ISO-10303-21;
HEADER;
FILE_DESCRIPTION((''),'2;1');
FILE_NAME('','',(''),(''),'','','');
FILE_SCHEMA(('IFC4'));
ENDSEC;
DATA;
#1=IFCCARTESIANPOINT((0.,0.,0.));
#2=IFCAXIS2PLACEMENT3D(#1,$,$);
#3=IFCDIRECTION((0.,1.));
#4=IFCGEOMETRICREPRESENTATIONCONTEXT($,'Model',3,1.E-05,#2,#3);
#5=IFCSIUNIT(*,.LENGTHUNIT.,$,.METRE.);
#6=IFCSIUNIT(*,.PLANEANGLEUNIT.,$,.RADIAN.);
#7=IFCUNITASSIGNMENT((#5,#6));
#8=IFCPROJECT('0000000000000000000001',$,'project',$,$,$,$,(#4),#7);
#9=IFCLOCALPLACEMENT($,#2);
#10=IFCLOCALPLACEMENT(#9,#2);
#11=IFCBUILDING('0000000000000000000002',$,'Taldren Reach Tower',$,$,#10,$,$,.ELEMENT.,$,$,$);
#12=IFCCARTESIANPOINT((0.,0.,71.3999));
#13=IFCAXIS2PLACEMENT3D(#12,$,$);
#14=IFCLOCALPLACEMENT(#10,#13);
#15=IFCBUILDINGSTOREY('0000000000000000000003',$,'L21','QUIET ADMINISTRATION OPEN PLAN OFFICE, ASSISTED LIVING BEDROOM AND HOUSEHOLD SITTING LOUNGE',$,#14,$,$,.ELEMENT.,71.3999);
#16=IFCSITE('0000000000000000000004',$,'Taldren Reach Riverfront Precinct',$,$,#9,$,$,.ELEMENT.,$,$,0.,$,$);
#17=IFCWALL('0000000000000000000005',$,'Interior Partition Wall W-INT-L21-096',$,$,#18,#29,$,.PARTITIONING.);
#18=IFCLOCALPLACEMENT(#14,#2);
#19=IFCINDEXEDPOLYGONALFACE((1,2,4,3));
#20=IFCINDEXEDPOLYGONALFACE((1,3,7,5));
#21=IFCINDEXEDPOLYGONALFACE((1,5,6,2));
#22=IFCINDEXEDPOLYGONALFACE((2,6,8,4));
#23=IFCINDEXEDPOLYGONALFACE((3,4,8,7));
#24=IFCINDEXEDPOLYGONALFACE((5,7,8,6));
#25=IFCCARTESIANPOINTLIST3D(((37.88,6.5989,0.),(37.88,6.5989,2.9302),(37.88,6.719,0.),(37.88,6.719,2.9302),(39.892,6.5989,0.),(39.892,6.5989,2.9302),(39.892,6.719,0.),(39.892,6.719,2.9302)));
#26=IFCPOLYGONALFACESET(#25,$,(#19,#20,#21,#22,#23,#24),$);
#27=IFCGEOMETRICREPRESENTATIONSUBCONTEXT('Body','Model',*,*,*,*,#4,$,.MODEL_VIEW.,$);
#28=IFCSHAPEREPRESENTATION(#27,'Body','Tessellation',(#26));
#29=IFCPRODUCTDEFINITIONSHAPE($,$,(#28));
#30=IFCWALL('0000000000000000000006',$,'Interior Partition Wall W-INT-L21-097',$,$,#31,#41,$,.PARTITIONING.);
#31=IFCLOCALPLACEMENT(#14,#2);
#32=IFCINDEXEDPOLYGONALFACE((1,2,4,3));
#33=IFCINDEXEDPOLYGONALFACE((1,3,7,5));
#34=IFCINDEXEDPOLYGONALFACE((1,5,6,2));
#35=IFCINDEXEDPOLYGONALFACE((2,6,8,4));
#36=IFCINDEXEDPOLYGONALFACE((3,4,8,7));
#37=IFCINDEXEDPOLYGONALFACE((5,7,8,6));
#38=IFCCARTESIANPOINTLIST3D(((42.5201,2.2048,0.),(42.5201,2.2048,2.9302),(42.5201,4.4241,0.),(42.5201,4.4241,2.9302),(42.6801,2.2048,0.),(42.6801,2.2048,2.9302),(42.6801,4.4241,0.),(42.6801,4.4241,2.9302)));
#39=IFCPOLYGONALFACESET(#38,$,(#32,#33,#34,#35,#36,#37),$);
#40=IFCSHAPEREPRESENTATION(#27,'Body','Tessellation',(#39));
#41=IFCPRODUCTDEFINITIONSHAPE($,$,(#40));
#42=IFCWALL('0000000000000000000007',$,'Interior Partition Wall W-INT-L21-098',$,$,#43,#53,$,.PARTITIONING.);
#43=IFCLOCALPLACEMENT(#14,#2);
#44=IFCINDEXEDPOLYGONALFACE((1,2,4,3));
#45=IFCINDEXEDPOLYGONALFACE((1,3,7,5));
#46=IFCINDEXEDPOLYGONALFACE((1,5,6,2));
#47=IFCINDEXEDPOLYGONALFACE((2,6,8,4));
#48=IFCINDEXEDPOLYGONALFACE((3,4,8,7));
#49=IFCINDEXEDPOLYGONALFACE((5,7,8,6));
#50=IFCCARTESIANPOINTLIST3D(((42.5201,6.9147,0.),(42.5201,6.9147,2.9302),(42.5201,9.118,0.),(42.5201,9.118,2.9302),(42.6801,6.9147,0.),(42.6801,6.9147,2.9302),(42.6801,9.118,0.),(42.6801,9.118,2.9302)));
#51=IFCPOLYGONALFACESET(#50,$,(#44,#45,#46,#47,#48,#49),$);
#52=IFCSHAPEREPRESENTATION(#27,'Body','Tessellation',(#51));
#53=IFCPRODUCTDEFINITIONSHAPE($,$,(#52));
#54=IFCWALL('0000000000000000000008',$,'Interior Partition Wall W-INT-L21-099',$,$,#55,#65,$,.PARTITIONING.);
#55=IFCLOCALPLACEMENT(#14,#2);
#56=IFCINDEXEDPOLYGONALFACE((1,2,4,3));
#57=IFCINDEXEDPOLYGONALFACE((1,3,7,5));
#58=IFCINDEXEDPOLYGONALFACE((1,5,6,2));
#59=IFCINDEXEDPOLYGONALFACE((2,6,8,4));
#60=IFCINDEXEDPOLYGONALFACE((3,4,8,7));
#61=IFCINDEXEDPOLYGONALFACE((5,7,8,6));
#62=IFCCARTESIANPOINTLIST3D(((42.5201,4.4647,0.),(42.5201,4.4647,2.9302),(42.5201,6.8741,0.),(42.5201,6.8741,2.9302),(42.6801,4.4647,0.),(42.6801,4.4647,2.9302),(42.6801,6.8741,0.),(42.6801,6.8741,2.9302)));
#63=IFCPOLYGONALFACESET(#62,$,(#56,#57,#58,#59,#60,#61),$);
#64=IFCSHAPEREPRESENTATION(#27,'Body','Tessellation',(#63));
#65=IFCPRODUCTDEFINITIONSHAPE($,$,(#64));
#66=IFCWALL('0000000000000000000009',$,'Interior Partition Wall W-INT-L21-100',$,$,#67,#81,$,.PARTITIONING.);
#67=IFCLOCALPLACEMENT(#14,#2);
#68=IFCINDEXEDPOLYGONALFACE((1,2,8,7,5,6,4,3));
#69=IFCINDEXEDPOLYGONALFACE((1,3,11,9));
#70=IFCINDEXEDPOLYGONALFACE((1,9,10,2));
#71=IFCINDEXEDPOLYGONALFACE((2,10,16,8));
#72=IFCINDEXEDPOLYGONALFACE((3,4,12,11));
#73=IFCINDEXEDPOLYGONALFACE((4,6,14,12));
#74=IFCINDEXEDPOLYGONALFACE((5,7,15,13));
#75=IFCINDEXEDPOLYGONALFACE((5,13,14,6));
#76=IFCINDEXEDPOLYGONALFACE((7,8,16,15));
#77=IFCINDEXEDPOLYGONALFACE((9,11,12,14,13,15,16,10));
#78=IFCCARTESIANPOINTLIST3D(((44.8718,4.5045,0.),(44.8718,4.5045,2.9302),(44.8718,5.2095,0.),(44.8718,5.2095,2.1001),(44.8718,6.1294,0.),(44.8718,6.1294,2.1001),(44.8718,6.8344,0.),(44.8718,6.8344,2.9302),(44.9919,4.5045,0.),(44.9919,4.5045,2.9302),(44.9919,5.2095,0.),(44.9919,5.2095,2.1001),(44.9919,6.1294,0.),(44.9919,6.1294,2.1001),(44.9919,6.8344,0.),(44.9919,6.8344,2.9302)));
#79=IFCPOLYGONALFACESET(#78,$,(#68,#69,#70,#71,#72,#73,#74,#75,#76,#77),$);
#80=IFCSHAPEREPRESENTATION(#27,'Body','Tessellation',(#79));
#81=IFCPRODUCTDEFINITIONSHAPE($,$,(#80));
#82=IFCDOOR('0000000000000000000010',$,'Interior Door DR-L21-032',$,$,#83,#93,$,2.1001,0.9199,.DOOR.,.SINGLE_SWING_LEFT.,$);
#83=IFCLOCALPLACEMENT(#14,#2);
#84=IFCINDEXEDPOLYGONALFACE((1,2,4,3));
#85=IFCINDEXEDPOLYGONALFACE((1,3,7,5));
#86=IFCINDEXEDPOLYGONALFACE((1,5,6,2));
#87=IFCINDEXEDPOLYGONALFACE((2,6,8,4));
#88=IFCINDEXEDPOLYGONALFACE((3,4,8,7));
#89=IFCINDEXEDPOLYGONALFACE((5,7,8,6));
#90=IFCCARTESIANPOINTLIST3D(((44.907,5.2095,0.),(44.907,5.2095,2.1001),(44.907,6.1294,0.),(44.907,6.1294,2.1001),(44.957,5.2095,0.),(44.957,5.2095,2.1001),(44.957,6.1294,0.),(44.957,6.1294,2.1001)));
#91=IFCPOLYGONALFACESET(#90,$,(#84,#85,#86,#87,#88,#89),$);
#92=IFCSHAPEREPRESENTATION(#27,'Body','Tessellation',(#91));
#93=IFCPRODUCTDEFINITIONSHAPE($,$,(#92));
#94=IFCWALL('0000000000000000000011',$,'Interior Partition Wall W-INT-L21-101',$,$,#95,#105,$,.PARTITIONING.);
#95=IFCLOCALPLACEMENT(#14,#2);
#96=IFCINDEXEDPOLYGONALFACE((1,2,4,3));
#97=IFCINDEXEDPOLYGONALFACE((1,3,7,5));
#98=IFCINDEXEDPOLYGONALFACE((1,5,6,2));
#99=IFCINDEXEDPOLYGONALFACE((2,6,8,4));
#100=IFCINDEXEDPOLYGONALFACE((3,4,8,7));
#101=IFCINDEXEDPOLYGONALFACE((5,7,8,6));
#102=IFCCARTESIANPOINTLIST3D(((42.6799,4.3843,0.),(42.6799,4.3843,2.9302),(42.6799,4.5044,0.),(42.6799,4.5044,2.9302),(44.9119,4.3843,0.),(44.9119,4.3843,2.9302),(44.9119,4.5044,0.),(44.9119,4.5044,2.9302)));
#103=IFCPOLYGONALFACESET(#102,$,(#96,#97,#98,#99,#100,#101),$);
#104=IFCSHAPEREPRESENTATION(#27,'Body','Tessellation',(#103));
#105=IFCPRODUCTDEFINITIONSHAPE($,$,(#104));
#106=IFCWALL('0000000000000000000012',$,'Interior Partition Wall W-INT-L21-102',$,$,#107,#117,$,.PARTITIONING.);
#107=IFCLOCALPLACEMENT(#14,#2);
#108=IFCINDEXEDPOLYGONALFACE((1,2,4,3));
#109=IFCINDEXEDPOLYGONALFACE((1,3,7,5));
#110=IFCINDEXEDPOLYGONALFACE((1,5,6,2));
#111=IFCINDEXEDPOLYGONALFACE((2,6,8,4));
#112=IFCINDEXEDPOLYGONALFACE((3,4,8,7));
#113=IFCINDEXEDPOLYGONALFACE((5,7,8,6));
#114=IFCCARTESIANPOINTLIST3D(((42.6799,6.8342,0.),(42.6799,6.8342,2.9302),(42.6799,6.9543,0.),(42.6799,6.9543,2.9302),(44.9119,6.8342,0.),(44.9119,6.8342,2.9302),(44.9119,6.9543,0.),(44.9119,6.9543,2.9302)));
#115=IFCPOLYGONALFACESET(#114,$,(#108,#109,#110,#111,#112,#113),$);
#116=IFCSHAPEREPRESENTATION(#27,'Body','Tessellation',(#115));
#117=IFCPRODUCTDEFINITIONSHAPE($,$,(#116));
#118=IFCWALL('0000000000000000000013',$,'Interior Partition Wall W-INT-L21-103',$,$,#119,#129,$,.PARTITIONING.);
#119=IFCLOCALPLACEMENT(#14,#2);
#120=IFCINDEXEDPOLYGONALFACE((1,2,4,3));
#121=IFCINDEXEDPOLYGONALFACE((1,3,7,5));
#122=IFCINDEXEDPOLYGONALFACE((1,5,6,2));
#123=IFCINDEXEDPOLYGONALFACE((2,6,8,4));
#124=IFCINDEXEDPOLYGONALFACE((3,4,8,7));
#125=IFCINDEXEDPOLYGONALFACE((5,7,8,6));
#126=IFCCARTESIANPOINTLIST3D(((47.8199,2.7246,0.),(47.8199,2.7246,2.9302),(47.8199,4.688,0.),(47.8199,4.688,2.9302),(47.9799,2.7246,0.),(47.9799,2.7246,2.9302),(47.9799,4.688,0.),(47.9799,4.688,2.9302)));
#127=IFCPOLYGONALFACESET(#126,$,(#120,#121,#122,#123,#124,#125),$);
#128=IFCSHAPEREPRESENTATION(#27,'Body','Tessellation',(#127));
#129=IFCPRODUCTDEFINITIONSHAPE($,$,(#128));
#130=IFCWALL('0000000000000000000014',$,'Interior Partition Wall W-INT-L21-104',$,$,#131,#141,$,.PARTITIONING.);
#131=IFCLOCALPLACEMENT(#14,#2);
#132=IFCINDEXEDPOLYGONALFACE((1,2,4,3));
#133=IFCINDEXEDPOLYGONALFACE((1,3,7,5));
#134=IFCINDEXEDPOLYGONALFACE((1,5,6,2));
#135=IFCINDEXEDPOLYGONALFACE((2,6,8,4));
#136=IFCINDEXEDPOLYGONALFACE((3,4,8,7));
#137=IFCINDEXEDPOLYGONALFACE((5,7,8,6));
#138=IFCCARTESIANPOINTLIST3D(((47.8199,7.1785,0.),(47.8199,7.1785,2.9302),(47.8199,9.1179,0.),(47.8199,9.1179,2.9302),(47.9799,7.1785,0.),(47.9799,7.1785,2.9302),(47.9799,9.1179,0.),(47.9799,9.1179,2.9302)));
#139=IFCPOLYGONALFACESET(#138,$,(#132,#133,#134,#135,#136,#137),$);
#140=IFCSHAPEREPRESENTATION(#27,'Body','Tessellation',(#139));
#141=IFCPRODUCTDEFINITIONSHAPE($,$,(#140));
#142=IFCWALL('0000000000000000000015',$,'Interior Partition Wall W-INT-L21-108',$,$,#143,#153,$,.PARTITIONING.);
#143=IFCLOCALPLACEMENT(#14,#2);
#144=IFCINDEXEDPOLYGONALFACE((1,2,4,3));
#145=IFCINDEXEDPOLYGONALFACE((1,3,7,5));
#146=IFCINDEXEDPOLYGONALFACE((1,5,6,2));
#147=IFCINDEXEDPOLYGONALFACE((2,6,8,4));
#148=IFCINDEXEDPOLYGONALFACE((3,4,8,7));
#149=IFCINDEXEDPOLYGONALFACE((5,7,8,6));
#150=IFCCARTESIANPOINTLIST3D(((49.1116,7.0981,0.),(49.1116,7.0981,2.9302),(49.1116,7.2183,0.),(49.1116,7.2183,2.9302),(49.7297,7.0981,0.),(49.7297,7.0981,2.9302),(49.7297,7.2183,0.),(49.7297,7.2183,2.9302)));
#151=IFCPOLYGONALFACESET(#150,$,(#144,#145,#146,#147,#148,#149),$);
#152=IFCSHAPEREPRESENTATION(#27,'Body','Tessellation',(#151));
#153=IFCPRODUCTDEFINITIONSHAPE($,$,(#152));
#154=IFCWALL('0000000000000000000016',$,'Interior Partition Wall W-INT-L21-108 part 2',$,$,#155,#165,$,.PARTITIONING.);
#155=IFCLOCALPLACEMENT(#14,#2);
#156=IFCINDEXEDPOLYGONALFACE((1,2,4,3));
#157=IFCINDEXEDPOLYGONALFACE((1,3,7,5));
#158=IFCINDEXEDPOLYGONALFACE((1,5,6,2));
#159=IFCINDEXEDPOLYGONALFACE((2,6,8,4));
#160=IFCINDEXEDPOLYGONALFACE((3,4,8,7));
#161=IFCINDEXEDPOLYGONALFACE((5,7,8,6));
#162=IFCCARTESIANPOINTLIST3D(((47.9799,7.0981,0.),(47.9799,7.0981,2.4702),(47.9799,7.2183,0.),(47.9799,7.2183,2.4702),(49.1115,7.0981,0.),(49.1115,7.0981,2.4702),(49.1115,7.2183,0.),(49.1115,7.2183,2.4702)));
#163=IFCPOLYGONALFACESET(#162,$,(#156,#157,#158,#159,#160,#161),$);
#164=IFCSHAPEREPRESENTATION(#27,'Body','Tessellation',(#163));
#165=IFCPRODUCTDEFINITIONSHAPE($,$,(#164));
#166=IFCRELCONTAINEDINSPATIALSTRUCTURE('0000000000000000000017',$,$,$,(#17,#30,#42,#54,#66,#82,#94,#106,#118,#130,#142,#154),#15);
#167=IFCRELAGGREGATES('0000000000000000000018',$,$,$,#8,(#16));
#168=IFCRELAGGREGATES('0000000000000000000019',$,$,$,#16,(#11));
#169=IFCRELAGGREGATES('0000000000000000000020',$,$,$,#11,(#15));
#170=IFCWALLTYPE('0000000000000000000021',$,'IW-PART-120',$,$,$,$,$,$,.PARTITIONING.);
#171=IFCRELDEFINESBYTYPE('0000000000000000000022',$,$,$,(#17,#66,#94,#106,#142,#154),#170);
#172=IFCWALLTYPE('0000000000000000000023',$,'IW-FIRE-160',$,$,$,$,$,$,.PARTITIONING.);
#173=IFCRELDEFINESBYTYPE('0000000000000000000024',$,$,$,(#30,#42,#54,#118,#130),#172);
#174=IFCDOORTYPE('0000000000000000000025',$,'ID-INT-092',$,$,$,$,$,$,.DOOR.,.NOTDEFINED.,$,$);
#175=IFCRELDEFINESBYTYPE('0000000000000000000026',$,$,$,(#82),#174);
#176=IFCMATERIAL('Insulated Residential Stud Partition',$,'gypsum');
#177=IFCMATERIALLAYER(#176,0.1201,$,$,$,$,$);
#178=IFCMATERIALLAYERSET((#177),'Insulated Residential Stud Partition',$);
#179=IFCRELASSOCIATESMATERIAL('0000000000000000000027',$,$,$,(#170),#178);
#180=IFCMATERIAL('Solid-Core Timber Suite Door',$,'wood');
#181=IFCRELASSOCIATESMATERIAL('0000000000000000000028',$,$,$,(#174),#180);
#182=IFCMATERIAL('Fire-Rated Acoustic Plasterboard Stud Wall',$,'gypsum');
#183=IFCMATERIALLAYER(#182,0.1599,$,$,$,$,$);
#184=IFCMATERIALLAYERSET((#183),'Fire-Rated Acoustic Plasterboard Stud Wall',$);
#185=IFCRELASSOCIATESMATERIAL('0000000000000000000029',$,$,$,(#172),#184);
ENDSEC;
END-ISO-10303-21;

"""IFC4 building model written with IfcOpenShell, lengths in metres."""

from ifc_helpers import new_model, si_unit, direction, frame, frame_2d, origin, place, context, subcontext, project, spatial, rectangle, extrude, source, transform, mapped, material, layer, layer_set, type_object, element, fill, save


model = new_model("IFC4")

# Units and contexts
model_context = context("Model", 3, precision=1e-05, world=origin(), true_north=direction((0.0, 1.0)))
body_context = subcontext(model_context, "Body", "Model", "MODEL_VIEW")
ifc_project = project(units=[si_unit("LENGTHUNIT", "METRE"), si_unit("PLANEANGLEUNIT", "RADIAN")], contexts=[model_context])

# Site, building, storey
site_placement = place(None, origin())
site = spatial("IfcSite", under=ifc_project, at=site_placement, Name="Taldren Reach Riverfront Precinct", CompositionType="ELEMENT", RefElevation=0.0)
building_placement = place(site_placement, origin())
building = spatial("IfcBuilding", under=site, at=building_placement, Name="Taldren Reach Tower", CompositionType="ELEMENT")
storey_placement = place(building_placement, frame((0.0, 0.0, 71.3999)))
storey = spatial("IfcBuildingStorey", under=building, at=storey_placement, Name="L21", Description="QUIET ADMINISTRATION OPEN PLAN OFFICE, ASSISTED LIVING BEDROOM AND HOUSEHOLD SITTING LOUNGE", CompositionType="ELEMENT", Elevation=71.3999)

# Shared definitions
ifc_material_1 = material(Name="Insulated Residential Stud Partition", Category="gypsum")
ifc_layer_1 = layer(ifc_material_1, 0.1201)
ifc_layer_set_1 = layer_set([ifc_layer_1], Name="Insulated Residential Stud Partition")
wall_type_1 = type_object("IfcWallType", Name="IW-PART-120", PredefinedType="PARTITIONING", material=ifc_layer_set_1)
shared_shape_1 = source(origin(), body_context, "Body", "SweptSolid", [
    extrude(rectangle(XDim=0.9199, YDim=2.1001, at=frame_2d((0.46, 1.05))), frame((0.0, 0.0701, 0.0), z_axis=(0.0, -1.0, 0.0), x_axis=(1.0, 0.0, 0.0)), (0.0, 0.0, 1.0), 0.1401),
])
ifc_material_2 = material(Name="Solid-Core Timber Suite Door", Category="wood")
door_type = type_object("IfcDoorType", Name="ID-INT-092", OperationType="NOTDEFINED", PredefinedType="DOOR", material=ifc_material_2)
shared_shape_2 = source(origin(), body_context, "Body", "SweptSolid", [
    extrude(rectangle(XDim=0.9199, YDim=2.1001, at=frame_2d((0.46, 1.05))), frame((0.0, 0.0249, 0.0), z_axis=(0.0, -1.0, 0.0), x_axis=(1.0, 0.0, 0.0)), (0.0, 0.0, 1.0), 0.05),
])

# Walls
ifc_material_3 = material(Name="Fire-Rated Acoustic Plasterboard Stud Wall", Category="gypsum")
ifc_layer_2 = layer(ifc_material_3, 0.1599)
ifc_layer_set_2 = layer_set([ifc_layer_2], Name="Fire-Rated Acoustic Plasterboard Stud Wall")
wall_type_2 = type_object("IfcWallType", Name="IW-FIRE-160", PredefinedType="PARTITIONING", material=ifc_layer_set_2)
shared_shape_3 = source(origin(), body_context, "Body", "SweptSolid", [
    extrude(rectangle(XDim=2.012, YDim=0.1201, at=frame_2d((1.0059, 0.0))), origin(), (0.0, 0.0, 1.0), 2.9302),
])
for number, where, z_axis, x_axis, name in (
    (1, (39.8918, 6.6589, 0.0), (0.0, 0.0, 1.0), (-1.0, 0.0, 0.0), "Interior Partition Wall W-INT-L21-096"),
):
    element("IfcWall", number, at=place(storey_placement, frame(where, z_axis=z_axis, x_axis=x_axis)), inside=storey, type_object=wall_type_1, Name=name, PredefinedType="PARTITIONING", context=body_context, shape_type="MappedRepresentation", body=[
        mapped(shared_shape_3, transform((0.0, 0.0, 0.0), scale=1.0)),
    ])
shared_shape_4 = source(origin(), body_context, "Body", "SweptSolid", [
    extrude(rectangle(XDim=2.2192, YDim=0.1599, at=frame_2d((1.1096, 0.0))), origin(), (0.0, 0.0, 1.0), 2.9302),
])
wall_1_placement = place(storey_placement, frame((42.6001, 4.4241, 0.0), z_axis=(0.0, 0.0, 1.0), x_axis=(0.0, -1.0, 0.0)))
element("IfcWall", 2, at=wall_1_placement, inside=storey, type_object=wall_type_2, Name="Interior Partition Wall W-INT-L21-097", PredefinedType="PARTITIONING", context=body_context, shape_type="MappedRepresentation", body=[
    mapped(shared_shape_4, transform((0.0, 0.0, 0.0), scale=1.0)),
])
shared_shape_5 = source(origin(), body_context, "Body", "SweptSolid", [
    extrude(rectangle(XDim=2.2034, YDim=0.1599, at=frame_2d((1.1016, 0.0))), origin(), (0.0, 0.0, 1.0), 2.9302),
])
wall_2_placement = place(storey_placement, frame((42.6001, 9.1179, 0.0), z_axis=(0.0, 0.0, 1.0), x_axis=(0.0, -1.0, 0.0)))
element("IfcWall", 3, at=wall_2_placement, inside=storey, type_object=wall_type_2, Name="Interior Partition Wall W-INT-L21-098", PredefinedType="PARTITIONING", context=body_context, shape_type="MappedRepresentation", body=[
    mapped(shared_shape_5, transform((0.0, 0.0, 0.0), scale=1.0)),
])
shared_shape_6 = source(origin(), body_context, "Body", "SweptSolid", [
    extrude(rectangle(XDim=2.4094, YDim=0.1599, at=frame_2d((1.2046, 0.0))), origin(), (0.0, 0.0, 1.0), 2.9302),
])
wall_3_placement = place(storey_placement, frame((42.6001, 6.874, 0.0), z_axis=(0.0, 0.0, 1.0), x_axis=(0.0, -1.0, 0.0)))
element("IfcWall", 4, at=wall_3_placement, inside=storey, type_object=wall_type_2, Name="Interior Partition Wall W-INT-L21-099", PredefinedType="PARTITIONING", context=body_context, shape_type="MappedRepresentation", body=[
    mapped(shared_shape_6, transform((0.0, 0.0, 0.0), scale=1.0)),
])

# Wall, opening, door
shared_shape_7 = source(origin(), body_context, "Body", "SweptSolid", [
    extrude(rectangle(XDim=2.3298, YDim=0.1201, at=frame_2d((1.165, 0.0))), origin(), (0.0, 0.0, 1.0), 2.9302),
])
wall_4_placement = place(storey_placement, frame((44.9319, 4.5044, 0.0), z_axis=(0.0, 0.0, 1.0), x_axis=(0.0, 1.0, 0.0)))
wall_4 = element("IfcWall", 5, at=wall_4_placement, inside=storey, type_object=wall_type_1, Name="Interior Partition Wall W-INT-L21-100", PredefinedType="PARTITIONING", context=body_context, shape_type="MappedRepresentation", body=[
    mapped(shared_shape_7, transform((0.0, 0.0, 0.0), scale=1.0)),
])
opening_1_placement = place(wall_4_placement, frame((0.7051, 0.0, 0.0)))
opening_1 = element("IfcOpeningElement", 6, at=opening_1_placement, cuts=wall_4, PredefinedType="OPENING", context=body_context, shape_type="MappedRepresentation", body=[
    mapped(shared_shape_1, transform((0.0, 0.0, 0.0), scale=1.0)),
])
door_1_placement = place(opening_1_placement, origin())
door_1 = element("IfcDoor", 7, at=door_1_placement, inside=storey, type_object=door_type, Name="Interior Door DR-L21-032", OperationType="SINGLE_SWING_LEFT", OverallHeight=2.1001, OverallWidth=0.9199, PredefinedType="DOOR", context=body_context, shape_type="MappedRepresentation", body=[
    mapped(shared_shape_2, transform((0.0, 0.0, 0.0), scale=1.0)),
])
fill(opening_1, door_1)

# Walls
shared_shape_8 = source(origin(), body_context, "Body", "SweptSolid", [
    extrude(rectangle(XDim=2.2319, YDim=0.1201, at=frame_2d((1.116, 0.0))), origin(), (0.0, 0.0, 1.0), 2.9302),
])
for number, where, z_axis, x_axis, name in (
    (8, (42.6799, 4.4443, 0.0), (0.0, 0.0, 1.0), (1.0, 0.0, 0.0), "Interior Partition Wall W-INT-L21-101"),
    (9, (44.9119, 6.8943, 0.0), (0.0, 0.0, 1.0), (-1.0, 0.0, 0.0), "Interior Partition Wall W-INT-L21-102"),
):
    element("IfcWall", number, at=place(storey_placement, frame(where, z_axis=z_axis, x_axis=x_axis)), inside=storey, type_object=wall_type_1, Name=name, PredefinedType="PARTITIONING", context=body_context, shape_type="MappedRepresentation", body=[
        mapped(shared_shape_8, transform((0.0, 0.0, 0.0), scale=1.0)),
    ])
shared_shape_9 = source(origin(), body_context, "Body", "SweptSolid", [
    extrude(rectangle(XDim=1.9634, YDim=0.1599, at=frame_2d((0.9817, 0.0))), origin(), (0.0, 0.0, 1.0), 2.9302),
])
wall_5_placement = place(storey_placement, frame((47.8999, 4.688, 0.0), z_axis=(0.0, 0.0, 1.0), x_axis=(0.0, -1.0, 0.0)))
element("IfcWall", 10, at=wall_5_placement, inside=storey, type_object=wall_type_2, Name="Interior Partition Wall W-INT-L21-103", PredefinedType="PARTITIONING", context=body_context, shape_type="MappedRepresentation", body=[
    mapped(shared_shape_9, transform((0.0, 0.0, 0.0), scale=1.0)),
])
shared_shape_10 = source(origin(), body_context, "Body", "SweptSolid", [
    extrude(rectangle(XDim=1.9395, YDim=0.1599, at=frame_2d((0.9697, 0.0))), origin(), (0.0, 0.0, 1.0), 2.9302),
])
wall_6_placement = place(storey_placement, frame((47.8999, 9.1179, 0.0), z_axis=(0.0, 0.0, 1.0), x_axis=(0.0, -1.0, 0.0)))
element("IfcWall", 11, at=wall_6_placement, inside=storey, type_object=wall_type_2, Name="Interior Partition Wall W-INT-L21-104", PredefinedType="PARTITIONING", context=body_context, shape_type="MappedRepresentation", body=[
    mapped(shared_shape_10, transform((0.0, 0.0, 0.0), scale=1.0)),
])
shared_shape_11 = source(origin(), body_context, "Body", "SweptSolid", [
    extrude(rectangle(XDim=0.6182, YDim=0.1201, at=frame_2d((0.3091, 0.0))), origin(), (0.0, 0.0, 1.0), 2.9302),
])
wall_7_placement = place(storey_placement, frame((49.7297, 7.1582, 0.0), z_axis=(0.0, 0.0, 1.0), x_axis=(-1.0, 0.0, 0.0)))
element("IfcWall", 12, at=wall_7_placement, inside=storey, type_object=wall_type_1, Name="Interior Partition Wall W-INT-L21-108", PredefinedType="PARTITIONING", context=body_context, shape_type="MappedRepresentation", body=[
    mapped(shared_shape_11, transform((0.0, 0.0, 0.0), scale=1.0)),
])
shared_shape_12 = source(origin(), body_context, "Body", "SweptSolid", [
    extrude(rectangle(XDim=1.1316, YDim=0.1201, at=frame_2d((0.5659, 0.0))), origin(), (0.0, 0.0, 1.0), 2.4702),
])
wall_8_placement = place(storey_placement, frame((49.1116, 7.1582, 0.0), z_axis=(0.0, 0.0, 1.0), x_axis=(-1.0, 0.0, 0.0)))
element("IfcWall", 13, at=wall_8_placement, inside=storey, type_object=wall_type_1, Name="Interior Partition Wall W-INT-L21-108 part 2", PredefinedType="PARTITIONING", context=body_context, shape_type="MappedRepresentation", body=[
    mapped(shared_shape_12, transform((0.0, 0.0, 0.0), scale=1.0)),
])

save(model, "model.ifc")
